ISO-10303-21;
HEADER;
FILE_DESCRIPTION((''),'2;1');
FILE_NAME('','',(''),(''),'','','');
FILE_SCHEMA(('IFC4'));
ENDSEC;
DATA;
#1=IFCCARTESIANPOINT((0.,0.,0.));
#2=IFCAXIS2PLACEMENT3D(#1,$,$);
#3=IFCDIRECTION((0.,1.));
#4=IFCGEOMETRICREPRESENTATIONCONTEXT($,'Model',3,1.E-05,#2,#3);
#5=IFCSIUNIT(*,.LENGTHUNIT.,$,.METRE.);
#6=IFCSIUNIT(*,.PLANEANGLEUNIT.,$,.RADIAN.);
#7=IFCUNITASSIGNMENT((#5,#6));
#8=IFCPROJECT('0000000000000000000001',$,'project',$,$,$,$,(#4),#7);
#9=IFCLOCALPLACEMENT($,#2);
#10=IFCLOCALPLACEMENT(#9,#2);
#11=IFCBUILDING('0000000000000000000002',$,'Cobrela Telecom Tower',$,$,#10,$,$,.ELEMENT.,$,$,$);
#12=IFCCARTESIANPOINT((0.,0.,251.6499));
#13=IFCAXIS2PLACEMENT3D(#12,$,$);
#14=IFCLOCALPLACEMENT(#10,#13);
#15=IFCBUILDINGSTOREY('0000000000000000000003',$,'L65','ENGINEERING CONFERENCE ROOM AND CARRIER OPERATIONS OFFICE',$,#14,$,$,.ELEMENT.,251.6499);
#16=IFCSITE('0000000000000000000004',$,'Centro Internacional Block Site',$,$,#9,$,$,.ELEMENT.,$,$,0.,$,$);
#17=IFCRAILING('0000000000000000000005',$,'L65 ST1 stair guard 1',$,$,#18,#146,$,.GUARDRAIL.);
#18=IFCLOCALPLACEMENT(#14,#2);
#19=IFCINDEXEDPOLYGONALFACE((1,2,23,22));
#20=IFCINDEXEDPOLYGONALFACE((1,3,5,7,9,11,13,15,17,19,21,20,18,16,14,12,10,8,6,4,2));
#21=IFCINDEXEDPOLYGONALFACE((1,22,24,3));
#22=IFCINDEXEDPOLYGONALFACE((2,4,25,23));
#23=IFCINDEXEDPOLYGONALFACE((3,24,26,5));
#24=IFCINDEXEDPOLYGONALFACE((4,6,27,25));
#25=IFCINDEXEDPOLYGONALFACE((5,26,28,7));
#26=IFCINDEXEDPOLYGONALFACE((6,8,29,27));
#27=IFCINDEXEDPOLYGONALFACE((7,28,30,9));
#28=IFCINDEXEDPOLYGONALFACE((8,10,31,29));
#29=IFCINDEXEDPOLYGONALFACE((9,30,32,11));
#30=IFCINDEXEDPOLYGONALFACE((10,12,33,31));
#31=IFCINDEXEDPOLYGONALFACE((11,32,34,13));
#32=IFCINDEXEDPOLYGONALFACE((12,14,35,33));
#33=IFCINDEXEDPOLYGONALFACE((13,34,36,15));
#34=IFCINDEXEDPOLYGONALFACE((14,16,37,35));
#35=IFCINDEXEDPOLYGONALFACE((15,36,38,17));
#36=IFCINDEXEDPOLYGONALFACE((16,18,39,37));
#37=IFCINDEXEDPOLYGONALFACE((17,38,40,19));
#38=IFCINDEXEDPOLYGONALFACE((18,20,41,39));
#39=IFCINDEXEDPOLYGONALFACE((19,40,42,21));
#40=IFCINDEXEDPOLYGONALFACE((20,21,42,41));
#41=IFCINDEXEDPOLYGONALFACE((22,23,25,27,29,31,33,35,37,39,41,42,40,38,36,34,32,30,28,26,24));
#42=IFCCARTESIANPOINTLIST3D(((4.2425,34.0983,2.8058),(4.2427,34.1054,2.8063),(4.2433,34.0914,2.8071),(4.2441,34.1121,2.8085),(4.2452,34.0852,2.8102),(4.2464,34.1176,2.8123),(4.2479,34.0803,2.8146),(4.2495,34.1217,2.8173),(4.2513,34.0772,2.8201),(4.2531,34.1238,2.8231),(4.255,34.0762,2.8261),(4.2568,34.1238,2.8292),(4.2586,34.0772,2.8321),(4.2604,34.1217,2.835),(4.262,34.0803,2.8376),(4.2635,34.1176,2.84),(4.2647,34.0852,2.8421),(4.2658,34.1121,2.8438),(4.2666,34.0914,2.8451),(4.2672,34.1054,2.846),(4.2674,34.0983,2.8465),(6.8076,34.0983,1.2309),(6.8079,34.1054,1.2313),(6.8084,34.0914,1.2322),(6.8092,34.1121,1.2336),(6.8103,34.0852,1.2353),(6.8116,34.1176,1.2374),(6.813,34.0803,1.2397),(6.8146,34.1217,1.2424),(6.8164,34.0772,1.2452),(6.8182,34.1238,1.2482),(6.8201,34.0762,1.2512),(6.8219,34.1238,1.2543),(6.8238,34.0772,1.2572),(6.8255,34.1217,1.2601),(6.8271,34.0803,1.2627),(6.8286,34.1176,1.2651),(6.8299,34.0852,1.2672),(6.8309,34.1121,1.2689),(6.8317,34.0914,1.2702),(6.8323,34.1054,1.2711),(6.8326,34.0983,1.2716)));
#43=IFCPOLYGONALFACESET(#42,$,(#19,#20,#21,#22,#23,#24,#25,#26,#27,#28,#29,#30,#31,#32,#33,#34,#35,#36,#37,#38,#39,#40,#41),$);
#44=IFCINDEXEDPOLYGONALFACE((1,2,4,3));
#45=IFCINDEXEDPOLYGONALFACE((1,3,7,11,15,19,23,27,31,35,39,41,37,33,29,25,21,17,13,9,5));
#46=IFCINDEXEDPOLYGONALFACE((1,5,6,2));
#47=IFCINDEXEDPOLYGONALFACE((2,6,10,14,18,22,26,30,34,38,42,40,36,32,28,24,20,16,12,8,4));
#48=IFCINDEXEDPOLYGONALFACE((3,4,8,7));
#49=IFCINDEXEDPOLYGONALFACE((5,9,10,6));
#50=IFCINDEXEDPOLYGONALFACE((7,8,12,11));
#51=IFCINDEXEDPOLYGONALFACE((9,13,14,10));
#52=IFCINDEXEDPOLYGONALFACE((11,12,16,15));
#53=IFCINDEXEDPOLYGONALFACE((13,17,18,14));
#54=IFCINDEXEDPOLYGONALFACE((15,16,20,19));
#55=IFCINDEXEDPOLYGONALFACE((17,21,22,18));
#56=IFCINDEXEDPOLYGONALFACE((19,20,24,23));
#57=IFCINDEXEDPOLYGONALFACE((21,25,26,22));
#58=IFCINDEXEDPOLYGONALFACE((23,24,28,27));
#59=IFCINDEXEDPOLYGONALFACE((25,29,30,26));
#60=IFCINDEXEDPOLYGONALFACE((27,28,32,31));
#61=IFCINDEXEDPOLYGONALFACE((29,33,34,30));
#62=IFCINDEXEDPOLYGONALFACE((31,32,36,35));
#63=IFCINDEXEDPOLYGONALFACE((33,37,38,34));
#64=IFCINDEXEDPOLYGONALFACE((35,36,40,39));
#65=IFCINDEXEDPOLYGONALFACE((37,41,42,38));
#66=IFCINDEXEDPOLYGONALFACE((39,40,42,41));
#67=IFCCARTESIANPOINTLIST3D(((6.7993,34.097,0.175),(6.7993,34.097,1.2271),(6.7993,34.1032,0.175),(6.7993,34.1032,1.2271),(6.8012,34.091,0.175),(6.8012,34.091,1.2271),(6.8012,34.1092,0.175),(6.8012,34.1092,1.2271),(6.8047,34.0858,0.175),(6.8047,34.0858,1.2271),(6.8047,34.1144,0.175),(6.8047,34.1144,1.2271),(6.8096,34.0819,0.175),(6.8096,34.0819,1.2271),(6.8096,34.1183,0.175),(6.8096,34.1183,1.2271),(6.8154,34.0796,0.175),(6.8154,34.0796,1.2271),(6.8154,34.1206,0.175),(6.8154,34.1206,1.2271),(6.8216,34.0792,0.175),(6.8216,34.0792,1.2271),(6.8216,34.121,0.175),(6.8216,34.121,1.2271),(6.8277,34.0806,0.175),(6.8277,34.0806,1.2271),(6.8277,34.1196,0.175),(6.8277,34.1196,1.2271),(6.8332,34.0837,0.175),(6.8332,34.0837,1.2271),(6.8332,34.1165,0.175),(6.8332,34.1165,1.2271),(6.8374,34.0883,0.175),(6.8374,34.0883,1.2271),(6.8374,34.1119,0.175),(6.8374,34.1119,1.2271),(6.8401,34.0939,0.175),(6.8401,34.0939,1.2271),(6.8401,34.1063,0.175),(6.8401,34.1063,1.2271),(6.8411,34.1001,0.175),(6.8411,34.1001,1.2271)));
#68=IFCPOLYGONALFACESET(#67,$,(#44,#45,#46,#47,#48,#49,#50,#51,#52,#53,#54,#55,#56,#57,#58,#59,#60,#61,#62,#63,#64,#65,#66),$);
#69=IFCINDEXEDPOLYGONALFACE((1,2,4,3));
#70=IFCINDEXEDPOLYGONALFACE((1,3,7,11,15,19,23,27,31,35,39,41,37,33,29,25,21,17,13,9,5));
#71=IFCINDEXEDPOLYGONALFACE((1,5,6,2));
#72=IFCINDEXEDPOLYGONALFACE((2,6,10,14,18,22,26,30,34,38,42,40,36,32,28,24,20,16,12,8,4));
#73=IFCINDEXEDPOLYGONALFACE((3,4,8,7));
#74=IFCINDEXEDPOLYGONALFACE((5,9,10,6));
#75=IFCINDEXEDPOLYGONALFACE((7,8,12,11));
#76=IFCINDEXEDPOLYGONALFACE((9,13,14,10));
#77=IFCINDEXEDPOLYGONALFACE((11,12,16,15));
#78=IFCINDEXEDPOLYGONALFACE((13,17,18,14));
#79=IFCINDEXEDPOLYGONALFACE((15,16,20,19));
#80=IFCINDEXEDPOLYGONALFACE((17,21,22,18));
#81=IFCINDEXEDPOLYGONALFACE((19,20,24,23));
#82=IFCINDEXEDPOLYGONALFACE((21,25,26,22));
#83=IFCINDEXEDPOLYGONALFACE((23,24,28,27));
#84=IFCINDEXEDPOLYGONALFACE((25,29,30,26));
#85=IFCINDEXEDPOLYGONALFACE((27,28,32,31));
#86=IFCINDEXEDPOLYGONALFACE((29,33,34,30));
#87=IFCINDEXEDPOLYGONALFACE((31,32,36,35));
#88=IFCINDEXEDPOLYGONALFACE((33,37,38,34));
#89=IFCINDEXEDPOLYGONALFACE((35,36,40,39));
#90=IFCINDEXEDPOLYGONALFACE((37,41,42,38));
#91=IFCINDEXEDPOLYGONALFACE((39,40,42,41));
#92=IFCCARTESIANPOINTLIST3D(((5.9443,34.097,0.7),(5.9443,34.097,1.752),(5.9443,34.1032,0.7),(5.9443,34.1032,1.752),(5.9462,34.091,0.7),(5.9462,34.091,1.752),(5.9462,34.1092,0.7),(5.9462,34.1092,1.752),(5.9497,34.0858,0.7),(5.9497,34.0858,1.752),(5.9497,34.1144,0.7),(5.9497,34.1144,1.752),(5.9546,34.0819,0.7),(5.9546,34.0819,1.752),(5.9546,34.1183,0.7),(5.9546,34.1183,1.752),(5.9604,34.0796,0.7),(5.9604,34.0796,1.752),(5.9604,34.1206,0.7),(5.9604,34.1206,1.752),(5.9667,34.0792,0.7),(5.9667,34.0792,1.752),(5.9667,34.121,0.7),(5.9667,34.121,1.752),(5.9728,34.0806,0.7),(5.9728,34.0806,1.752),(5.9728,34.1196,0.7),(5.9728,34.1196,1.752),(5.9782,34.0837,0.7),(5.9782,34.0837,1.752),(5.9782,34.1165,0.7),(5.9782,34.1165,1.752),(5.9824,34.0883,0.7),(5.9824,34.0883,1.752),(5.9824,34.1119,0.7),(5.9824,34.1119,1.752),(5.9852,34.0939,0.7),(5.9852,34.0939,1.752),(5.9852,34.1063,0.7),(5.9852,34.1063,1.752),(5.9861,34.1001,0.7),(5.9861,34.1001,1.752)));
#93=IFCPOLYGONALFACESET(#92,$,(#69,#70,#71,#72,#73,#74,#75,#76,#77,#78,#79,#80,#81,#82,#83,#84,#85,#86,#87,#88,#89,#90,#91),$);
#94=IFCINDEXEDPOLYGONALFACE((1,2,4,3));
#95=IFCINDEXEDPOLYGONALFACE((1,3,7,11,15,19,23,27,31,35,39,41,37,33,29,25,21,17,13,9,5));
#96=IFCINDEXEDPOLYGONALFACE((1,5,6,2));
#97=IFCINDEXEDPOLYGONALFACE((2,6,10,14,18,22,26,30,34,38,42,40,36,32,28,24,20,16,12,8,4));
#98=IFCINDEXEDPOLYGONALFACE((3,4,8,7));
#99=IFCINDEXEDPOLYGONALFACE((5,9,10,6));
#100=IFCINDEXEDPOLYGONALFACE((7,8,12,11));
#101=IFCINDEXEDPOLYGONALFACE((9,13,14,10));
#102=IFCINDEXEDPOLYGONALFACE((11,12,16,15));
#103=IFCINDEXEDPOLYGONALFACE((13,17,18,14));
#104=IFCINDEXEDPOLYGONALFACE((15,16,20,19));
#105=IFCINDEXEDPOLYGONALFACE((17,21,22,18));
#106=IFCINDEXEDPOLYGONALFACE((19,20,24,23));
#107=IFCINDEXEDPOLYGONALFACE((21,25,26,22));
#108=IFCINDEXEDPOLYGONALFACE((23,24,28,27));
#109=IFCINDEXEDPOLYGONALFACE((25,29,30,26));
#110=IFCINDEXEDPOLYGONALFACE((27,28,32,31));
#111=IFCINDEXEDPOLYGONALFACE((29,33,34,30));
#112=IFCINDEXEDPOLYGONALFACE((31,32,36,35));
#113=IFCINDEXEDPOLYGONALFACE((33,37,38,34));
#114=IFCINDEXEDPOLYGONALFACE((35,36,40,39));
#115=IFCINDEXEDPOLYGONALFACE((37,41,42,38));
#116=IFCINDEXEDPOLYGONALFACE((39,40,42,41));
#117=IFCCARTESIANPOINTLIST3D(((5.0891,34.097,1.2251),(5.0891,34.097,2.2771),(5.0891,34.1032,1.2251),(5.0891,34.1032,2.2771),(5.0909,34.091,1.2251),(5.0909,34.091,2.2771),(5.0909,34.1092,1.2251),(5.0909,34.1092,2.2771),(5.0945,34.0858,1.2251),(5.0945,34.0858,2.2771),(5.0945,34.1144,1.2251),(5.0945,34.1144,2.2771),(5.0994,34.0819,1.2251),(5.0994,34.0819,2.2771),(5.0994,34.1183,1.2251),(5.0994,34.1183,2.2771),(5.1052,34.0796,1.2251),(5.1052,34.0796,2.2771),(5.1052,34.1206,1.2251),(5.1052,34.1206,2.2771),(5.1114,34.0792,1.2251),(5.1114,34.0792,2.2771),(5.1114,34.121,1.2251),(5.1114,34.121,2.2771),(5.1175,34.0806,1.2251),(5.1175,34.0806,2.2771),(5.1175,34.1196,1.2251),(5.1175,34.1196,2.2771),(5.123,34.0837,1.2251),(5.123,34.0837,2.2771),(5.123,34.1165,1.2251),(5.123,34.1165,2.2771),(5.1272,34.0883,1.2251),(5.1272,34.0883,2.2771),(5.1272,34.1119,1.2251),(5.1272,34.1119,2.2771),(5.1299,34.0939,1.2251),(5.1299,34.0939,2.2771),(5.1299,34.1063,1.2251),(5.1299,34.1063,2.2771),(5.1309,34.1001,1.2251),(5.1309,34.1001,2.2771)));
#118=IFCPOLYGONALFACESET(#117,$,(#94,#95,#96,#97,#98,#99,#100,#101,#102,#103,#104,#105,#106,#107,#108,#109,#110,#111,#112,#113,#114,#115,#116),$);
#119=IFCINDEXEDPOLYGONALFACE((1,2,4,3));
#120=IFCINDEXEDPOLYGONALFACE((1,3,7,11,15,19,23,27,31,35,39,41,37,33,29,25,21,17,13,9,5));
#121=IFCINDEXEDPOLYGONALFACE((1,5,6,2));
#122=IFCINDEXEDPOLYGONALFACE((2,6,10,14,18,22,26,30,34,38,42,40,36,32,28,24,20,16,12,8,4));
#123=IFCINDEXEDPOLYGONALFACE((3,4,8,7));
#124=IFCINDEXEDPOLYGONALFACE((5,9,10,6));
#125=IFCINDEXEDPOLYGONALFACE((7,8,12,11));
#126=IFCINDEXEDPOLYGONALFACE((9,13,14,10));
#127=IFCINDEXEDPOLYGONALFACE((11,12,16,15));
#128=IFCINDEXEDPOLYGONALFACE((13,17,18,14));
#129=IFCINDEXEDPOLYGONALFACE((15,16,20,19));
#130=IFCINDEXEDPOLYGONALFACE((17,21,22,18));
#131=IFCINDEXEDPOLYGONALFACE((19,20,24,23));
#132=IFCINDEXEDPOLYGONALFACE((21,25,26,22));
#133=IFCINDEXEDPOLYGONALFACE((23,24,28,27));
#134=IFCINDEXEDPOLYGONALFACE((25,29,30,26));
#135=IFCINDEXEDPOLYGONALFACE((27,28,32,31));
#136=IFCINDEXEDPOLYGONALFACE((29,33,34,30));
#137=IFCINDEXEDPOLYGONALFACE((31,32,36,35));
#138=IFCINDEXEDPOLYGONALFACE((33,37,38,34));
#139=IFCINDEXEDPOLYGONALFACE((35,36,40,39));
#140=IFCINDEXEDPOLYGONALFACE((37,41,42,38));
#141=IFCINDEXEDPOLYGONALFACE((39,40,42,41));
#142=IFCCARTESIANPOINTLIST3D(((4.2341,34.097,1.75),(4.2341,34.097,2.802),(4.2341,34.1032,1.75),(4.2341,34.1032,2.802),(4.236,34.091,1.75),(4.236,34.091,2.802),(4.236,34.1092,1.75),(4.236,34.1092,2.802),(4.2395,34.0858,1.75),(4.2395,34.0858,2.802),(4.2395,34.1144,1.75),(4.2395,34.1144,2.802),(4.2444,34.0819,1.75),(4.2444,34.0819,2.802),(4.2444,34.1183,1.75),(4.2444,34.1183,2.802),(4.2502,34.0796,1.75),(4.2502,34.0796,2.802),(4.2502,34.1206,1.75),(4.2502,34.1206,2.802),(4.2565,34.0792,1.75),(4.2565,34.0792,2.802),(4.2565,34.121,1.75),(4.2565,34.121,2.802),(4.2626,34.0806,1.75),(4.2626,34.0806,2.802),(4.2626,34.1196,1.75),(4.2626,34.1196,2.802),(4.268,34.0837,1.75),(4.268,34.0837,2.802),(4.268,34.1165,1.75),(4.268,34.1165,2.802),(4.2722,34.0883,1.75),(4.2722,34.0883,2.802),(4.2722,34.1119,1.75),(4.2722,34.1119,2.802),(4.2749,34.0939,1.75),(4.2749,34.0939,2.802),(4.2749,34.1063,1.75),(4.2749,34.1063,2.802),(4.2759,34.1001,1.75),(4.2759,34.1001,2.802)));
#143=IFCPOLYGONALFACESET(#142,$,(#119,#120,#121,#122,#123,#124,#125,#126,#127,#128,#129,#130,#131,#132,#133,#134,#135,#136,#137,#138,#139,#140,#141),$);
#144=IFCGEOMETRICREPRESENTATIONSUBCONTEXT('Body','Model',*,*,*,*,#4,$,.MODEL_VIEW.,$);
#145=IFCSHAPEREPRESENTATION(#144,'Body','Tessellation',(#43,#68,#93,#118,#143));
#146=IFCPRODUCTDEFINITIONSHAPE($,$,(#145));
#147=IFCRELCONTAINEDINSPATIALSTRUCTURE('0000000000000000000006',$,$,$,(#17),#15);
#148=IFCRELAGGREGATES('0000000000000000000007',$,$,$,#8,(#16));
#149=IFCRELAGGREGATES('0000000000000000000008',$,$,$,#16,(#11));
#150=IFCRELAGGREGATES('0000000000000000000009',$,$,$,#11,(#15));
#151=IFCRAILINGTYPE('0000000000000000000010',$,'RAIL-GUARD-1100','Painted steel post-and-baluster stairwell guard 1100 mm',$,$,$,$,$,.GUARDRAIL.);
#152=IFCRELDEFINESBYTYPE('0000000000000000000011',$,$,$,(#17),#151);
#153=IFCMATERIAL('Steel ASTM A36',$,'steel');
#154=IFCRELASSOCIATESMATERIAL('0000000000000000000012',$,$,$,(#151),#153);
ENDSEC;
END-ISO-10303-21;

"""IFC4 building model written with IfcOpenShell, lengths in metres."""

from ifc_helpers import new_model, si_unit, direction, frame, origin, origin_2d, place, context, subcontext, project, spatial, circle, extrude, material, type_object, element, save


model = new_model("IFC4")

# Units and contexts
model_context = context("Model", 3, precision=1e-05, world=origin(), true_north=direction((0.0, 1.0)))
body_context = subcontext(model_context, "Body", "Model", "MODEL_VIEW")
ifc_project = project(units=[si_unit("LENGTHUNIT", "METRE"), si_unit("PLANEANGLEUNIT", "RADIAN")], contexts=[model_context])

# Site, building, storey
site_placement = place(None, origin())
site = spatial("IfcSite", under=ifc_project, at=site_placement, Name="Centro Internacional Block Site", CompositionType="ELEMENT", RefElevation=0.0)
building_placement = place(site_placement, origin())
building = spatial("IfcBuilding", under=site, at=building_placement, Name="Cobrela Telecom Tower", CompositionType="ELEMENT")
storey_placement = place(building_placement, frame((0.0, 0.0, 251.6499)))
storey = spatial("IfcBuildingStorey", under=building, at=storey_placement, Name="L65", Description="ENGINEERING CONFERENCE ROOM AND CARRIER OPERATIONS OFFICE", CompositionType="ELEMENT", Elevation=251.6499)

# Shared definitions
ifc_material_1 = material(Name="Steel ASTM A36", Category="steel")

# Railing
railing_type_1 = type_object("IfcRailingType", Name="RAIL-GUARD-1100", Description="Painted steel post-and-baluster stairwell guard 1100 mm", PredefinedType="GUARDRAIL", material=ifc_material_1)
railing_1_placement = place(storey_placement, frame((6.8201, 34.1001, 0.175)))
element("IfcRailing", 1, at=railing_1_placement, inside=storey, type_object=railing_type_1, Name="L65 ST1 stair guard 1", PredefinedType="GUARDRAIL", context=body_context, shape_type="SweptSolid", body=[
    extrude(circle(Radius=0.0239, at=origin_2d()), frame((0.0, 0.0, 1.0762), z_axis=(-0.852195, 0.0, 0.523224), x_axis=(0.0, -1.0, 0.0)), (0.0, 0.0, 1.0), 3.01),
    extrude(circle(Radius=0.021, at=origin_2d()), origin(), (0.0, 0.0, 1.0), 1.052),
    extrude(circle(Radius=0.021, at=origin_2d()), frame((-0.855, 0.0, 0.5249)), (0.0, 0.0, 1.0), 1.052),
    extrude(circle(Radius=0.021, at=origin_2d()), frame((-1.7102, 0.0, 1.05)), (0.0, 0.0, 1.0), 1.052),
    extrude(circle(Radius=0.021, at=origin_2d()), frame((-2.5652, 0.0, 1.575)), (0.0, 0.0, 1.0), 1.052),
])

save(model, "model.ifc")
